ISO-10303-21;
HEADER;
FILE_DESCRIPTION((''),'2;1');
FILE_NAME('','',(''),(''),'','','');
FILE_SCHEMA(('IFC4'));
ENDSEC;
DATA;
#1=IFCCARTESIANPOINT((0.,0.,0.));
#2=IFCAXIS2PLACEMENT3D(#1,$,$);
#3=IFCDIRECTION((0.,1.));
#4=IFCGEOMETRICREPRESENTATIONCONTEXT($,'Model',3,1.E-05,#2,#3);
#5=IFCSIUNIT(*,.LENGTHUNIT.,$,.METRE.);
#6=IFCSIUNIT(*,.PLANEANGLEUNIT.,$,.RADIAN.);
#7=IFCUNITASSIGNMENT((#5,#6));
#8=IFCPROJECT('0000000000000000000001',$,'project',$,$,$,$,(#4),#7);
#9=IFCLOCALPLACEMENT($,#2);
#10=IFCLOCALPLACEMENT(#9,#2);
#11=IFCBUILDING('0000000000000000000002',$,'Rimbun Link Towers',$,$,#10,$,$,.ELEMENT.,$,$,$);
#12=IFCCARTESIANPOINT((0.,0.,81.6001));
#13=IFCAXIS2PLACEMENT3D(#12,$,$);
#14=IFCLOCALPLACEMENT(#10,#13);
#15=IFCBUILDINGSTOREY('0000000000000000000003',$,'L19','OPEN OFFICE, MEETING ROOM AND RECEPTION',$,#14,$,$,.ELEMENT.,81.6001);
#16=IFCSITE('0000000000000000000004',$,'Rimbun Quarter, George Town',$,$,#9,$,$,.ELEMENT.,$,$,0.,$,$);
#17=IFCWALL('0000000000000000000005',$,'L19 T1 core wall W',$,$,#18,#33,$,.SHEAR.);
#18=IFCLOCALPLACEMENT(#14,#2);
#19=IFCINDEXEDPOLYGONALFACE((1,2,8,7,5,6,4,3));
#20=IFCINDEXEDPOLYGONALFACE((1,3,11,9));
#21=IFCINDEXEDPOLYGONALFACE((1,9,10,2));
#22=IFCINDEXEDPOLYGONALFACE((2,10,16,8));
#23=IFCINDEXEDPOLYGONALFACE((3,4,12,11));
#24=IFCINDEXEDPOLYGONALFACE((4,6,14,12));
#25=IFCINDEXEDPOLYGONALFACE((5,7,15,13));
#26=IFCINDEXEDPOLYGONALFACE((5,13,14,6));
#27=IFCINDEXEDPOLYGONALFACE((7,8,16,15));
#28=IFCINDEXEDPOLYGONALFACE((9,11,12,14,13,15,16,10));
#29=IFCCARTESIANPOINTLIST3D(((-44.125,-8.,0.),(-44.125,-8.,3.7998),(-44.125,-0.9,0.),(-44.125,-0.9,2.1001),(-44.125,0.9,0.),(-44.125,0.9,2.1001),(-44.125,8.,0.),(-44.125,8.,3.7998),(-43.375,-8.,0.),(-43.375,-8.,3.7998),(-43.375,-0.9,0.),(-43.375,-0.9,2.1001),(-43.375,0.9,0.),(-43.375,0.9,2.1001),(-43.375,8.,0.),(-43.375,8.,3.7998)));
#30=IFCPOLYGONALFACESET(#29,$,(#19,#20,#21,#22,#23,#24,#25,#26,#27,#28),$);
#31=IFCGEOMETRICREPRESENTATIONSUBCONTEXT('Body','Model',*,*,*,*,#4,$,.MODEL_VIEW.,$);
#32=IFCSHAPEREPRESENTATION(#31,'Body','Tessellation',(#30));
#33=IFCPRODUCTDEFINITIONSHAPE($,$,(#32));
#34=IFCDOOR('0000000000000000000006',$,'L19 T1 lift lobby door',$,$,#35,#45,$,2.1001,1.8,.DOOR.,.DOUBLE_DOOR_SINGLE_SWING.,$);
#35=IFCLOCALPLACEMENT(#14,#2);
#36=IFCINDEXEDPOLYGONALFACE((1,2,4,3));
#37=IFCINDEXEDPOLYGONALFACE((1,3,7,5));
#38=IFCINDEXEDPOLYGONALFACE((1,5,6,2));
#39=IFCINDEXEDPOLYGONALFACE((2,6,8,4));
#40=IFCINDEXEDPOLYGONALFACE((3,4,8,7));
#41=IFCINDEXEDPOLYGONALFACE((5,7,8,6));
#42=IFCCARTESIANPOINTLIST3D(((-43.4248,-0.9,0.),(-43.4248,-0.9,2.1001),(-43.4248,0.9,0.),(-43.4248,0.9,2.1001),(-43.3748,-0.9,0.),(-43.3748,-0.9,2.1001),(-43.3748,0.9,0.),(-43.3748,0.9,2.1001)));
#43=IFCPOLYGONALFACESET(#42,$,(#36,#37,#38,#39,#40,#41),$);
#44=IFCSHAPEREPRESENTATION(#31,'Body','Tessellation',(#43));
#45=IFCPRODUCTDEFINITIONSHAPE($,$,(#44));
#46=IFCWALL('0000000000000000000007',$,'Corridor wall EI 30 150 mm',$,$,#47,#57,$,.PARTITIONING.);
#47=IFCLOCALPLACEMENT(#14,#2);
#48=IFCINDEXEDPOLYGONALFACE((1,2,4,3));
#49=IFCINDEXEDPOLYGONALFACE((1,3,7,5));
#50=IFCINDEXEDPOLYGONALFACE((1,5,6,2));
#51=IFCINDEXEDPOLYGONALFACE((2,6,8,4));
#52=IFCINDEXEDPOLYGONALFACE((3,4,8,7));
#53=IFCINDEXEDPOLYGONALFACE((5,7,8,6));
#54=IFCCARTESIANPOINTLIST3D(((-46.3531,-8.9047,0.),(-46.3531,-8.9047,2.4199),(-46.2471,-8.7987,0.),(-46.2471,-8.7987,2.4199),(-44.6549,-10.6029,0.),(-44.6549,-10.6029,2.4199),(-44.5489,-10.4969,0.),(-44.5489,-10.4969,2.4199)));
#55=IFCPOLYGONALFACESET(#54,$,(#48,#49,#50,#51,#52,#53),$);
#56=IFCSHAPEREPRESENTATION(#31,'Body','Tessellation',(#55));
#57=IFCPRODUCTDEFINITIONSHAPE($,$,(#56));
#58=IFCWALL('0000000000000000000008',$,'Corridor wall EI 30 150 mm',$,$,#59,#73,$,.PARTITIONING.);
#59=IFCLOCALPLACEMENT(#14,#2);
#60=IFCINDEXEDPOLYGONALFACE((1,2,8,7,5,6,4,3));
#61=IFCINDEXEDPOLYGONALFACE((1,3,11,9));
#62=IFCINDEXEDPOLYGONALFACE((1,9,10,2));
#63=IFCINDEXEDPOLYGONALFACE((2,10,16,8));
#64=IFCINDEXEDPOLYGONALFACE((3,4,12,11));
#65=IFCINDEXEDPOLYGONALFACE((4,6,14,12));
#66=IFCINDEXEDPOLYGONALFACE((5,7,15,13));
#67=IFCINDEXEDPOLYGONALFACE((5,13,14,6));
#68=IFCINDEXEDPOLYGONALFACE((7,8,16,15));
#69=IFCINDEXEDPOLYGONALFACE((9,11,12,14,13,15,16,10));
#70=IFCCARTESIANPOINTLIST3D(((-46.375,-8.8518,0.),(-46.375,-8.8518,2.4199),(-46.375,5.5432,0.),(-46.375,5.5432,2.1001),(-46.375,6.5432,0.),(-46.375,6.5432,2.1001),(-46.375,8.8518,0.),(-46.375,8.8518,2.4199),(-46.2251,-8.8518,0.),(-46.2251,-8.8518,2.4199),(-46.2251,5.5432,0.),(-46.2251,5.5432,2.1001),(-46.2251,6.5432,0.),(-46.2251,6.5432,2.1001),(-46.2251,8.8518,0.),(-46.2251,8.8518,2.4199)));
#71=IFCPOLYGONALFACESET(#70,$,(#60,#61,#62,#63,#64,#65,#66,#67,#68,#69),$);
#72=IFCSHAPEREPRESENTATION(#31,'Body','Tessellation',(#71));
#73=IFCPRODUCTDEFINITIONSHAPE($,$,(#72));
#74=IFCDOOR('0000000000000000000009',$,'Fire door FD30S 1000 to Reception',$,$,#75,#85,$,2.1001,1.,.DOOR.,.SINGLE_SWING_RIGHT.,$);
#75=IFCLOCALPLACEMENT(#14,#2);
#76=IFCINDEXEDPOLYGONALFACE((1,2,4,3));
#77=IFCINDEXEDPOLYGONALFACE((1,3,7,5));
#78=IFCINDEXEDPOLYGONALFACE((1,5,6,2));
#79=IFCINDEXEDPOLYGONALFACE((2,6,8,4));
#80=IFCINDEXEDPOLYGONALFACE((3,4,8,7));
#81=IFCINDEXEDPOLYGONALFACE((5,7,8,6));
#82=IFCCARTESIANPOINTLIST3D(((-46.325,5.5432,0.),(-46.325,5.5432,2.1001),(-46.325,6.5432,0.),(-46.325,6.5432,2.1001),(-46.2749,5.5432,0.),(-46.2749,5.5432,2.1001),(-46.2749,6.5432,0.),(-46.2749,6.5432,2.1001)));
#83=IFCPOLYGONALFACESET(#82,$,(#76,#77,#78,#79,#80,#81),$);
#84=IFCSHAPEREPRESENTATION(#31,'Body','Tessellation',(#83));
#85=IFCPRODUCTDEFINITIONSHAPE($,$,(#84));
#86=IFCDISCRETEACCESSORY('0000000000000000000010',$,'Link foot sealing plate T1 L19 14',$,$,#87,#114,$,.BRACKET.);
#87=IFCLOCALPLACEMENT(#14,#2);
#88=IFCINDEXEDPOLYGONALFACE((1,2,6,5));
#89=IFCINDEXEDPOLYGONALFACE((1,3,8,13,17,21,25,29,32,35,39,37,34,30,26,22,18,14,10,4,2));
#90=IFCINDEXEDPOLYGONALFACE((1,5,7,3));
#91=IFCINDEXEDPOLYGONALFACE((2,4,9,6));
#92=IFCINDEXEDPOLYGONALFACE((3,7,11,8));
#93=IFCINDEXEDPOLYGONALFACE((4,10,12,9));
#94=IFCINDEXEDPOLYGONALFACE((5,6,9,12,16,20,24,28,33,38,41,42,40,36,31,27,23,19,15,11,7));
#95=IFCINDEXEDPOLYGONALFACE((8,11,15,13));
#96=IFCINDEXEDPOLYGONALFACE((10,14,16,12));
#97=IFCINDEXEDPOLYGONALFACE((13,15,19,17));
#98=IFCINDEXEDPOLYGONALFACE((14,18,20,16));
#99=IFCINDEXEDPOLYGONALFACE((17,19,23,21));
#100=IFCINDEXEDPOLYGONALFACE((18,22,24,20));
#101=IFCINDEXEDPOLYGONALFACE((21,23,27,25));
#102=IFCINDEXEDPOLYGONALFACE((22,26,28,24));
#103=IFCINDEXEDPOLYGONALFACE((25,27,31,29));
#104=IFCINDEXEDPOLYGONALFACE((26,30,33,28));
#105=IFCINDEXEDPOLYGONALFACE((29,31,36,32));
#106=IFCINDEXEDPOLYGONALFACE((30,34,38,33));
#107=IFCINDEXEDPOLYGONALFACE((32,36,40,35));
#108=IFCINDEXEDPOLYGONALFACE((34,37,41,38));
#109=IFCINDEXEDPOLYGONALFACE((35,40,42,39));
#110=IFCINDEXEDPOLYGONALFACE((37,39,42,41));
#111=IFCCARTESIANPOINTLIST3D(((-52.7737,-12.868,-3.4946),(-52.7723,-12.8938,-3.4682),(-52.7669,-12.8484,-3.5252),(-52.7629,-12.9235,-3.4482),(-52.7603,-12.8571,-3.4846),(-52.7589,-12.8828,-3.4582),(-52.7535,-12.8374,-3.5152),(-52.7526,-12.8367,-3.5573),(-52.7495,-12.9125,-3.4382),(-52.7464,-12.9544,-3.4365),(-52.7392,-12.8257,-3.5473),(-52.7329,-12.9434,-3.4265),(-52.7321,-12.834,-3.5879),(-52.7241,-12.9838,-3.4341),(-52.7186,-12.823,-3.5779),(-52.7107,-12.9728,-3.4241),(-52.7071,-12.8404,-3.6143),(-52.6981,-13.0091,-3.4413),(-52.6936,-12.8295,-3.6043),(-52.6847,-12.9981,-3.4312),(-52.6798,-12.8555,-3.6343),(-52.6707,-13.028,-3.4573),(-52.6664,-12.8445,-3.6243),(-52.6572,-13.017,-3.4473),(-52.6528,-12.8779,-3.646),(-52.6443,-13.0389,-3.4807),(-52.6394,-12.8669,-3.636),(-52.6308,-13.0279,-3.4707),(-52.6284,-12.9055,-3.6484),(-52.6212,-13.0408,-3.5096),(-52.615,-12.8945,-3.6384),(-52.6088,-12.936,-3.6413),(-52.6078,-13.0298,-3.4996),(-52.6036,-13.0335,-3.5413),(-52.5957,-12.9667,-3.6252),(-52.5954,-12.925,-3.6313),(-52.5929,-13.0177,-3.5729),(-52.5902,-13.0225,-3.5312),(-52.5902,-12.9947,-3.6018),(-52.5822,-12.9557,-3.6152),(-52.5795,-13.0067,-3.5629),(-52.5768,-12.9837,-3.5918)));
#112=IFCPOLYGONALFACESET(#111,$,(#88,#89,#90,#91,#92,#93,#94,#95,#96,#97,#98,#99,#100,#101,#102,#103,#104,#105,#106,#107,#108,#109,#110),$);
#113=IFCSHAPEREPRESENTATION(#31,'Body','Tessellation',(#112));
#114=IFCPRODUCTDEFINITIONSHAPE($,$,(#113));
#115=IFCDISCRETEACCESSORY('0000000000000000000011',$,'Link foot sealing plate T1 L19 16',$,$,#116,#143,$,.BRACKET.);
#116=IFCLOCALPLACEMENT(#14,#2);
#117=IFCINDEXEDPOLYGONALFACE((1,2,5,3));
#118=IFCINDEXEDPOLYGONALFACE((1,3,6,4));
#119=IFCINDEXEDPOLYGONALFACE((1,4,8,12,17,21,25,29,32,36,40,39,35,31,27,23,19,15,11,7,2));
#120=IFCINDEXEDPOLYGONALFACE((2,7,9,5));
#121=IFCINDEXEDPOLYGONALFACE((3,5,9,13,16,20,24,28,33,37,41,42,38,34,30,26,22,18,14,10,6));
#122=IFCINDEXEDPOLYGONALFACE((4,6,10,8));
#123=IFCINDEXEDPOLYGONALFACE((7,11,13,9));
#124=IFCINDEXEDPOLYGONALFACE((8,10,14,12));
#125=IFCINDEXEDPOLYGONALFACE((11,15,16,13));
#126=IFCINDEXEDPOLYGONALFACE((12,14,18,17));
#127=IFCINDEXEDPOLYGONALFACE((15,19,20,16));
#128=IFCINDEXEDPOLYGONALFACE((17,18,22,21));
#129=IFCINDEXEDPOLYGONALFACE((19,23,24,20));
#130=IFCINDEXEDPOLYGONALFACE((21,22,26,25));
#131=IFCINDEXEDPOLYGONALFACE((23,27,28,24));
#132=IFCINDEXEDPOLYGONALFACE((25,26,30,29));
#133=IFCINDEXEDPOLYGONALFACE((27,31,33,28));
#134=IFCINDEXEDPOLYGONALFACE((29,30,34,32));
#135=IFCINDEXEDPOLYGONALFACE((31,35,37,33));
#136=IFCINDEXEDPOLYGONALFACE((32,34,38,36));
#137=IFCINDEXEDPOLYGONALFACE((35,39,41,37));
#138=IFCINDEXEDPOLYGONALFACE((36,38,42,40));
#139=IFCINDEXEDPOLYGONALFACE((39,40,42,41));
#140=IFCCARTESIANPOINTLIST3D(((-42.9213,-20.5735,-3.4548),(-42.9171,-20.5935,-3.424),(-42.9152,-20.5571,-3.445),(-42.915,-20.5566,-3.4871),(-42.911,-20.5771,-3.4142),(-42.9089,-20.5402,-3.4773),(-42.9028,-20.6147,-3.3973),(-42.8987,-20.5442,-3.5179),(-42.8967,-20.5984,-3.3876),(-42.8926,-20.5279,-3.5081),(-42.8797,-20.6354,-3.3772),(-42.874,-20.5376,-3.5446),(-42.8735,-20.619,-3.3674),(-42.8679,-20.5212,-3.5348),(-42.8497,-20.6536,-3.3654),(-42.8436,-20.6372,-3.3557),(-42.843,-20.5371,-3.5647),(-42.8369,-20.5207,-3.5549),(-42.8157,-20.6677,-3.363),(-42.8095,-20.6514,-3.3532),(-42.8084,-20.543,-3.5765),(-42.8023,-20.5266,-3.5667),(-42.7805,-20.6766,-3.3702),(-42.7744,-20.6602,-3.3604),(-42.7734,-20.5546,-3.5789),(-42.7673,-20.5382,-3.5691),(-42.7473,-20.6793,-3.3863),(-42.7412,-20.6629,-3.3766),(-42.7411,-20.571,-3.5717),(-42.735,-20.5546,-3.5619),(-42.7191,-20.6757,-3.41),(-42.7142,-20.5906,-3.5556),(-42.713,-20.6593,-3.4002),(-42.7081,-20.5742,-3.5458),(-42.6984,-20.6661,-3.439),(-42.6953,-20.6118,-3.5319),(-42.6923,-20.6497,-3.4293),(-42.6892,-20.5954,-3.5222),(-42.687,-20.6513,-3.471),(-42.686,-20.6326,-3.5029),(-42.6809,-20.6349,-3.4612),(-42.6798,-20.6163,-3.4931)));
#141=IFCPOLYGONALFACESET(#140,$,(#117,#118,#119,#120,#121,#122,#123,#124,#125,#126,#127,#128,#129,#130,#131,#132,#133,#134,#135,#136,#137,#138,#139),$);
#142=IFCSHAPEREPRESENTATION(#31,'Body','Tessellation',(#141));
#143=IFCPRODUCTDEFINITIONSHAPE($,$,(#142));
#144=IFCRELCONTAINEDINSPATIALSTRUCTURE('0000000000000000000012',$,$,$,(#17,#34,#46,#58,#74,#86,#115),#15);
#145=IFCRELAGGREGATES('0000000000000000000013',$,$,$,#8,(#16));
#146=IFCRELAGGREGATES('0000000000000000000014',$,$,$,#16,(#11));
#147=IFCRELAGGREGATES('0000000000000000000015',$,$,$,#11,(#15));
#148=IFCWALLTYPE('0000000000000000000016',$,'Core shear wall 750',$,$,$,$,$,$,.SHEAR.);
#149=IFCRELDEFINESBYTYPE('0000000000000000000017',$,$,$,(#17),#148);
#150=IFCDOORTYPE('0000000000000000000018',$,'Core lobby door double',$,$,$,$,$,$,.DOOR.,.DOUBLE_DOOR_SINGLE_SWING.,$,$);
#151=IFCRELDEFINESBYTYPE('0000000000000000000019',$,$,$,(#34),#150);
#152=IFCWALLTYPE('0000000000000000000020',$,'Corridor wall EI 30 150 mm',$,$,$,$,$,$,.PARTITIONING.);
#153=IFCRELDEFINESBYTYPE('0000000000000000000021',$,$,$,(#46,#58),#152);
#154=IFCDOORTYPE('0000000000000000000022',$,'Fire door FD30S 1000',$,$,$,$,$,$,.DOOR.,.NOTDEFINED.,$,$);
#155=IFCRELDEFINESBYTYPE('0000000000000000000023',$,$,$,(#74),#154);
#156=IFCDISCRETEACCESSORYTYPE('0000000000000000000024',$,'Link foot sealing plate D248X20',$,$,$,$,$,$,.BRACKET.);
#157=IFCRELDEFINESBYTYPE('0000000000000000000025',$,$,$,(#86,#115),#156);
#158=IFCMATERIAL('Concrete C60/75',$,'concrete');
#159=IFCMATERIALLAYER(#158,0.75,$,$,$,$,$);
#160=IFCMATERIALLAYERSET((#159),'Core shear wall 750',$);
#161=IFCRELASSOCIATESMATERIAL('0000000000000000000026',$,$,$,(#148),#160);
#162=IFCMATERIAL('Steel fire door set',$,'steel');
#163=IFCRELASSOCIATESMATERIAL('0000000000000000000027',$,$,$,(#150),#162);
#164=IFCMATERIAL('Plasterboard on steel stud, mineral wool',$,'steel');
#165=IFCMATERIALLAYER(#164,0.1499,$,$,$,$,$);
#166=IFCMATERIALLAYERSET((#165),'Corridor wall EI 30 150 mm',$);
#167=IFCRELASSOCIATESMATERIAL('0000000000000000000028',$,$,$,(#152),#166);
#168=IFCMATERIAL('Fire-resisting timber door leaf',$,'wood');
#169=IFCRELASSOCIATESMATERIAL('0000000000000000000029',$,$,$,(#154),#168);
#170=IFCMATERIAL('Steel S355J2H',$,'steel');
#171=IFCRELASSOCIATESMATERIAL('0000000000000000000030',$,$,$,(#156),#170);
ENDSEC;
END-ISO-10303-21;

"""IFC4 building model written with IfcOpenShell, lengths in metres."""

from ifc_helpers import new_model, si_unit, direction, frame, frame_2d, origin, origin_2d, place, context, subcontext, project, spatial, rectangle, circle, extrude, material, layer, layer_set, material_profile, profile_set, type_object, element, fill, save


model = new_model("IFC4")

# Units and contexts
model_context = context("Model", 3, precision=1e-05, world=origin(), true_north=direction((0.0, 1.0)))
body_context = subcontext(model_context, "Body", "Model", "MODEL_VIEW")
ifc_project = project(units=[si_unit("LENGTHUNIT", "METRE"), si_unit("PLANEANGLEUNIT", "RADIAN")], contexts=[model_context])

# Site, building, storey
site_placement = place(None, origin())
site = spatial("IfcSite", under=ifc_project, at=site_placement, Name="Rimbun Quarter, George Town", CompositionType="ELEMENT", RefElevation=0.0)
building_placement = place(site_placement, origin())
building = spatial("IfcBuilding", under=site, at=building_placement, Name="Rimbun Link Towers", CompositionType="ELEMENT")
storey_placement = place(building_placement, frame((0.0, 0.0, 81.6001)))
storey = spatial("IfcBuildingStorey", under=building, at=storey_placement, Name="L19", Description="OPEN OFFICE, MEETING ROOM AND RECEPTION", CompositionType="ELEMENT", Elevation=81.6001)

# Shared definitions
ifc_material_1 = material(Name="Concrete C60/75", Category="concrete")
ifc_layer_1 = layer(ifc_material_1, 0.75)
ifc_layer_set_1 = layer_set([ifc_layer_1], Name="Core shear wall 750")
wall_type_1 = type_object("IfcWallType", Name="Core shear wall 750", PredefinedType="SHEAR", material=ifc_layer_set_1)

# Wall, opening, door
wall_1_placement = place(storey_placement, frame((-43.75, -8.0, 0.0), z_axis=(0.0, 0.0, 1.0), x_axis=(0.0, 1.0, 0.0)))
wall_1 = element("IfcWall", 1, at=wall_1_placement, inside=storey, type_object=wall_type_1, Name="L19 T1 core wall W", PredefinedType="SHEAR", context=body_context, shape_type="SweptSolid", body=[
    extrude(rectangle(XDim=16.0, YDim=0.75, at=frame_2d((8.0, 0.0))), origin(), (0.0, 0.0, 1.0), 3.7998),
])
opening_1_placement = place(wall_1_placement, frame((7.1001, 0.0, 0.0)))
opening_1 = element("IfcOpeningElement", 2, at=opening_1_placement, cuts=wall_1, PredefinedType="OPENING", context=body_context, shape_type="SweptSolid", body=[
    extrude(rectangle(XDim=1.8, YDim=2.1001, at=frame_2d((0.8999, 1.05))), frame((0.0, 0.385, 0.0), z_axis=(0.0, -1.0, 0.0), x_axis=(1.0, 0.0, 0.0)), (0.0, 0.0, 1.0), 0.77),
])
ifc_material_2 = material(Name="Steel fire door set", Category="steel")
door_type_1 = type_object("IfcDoorType", Name="Core lobby door double", OperationType="DOUBLE_DOOR_SINGLE_SWING", PredefinedType="DOOR", material=ifc_material_2)
door_1_placement = place(opening_1_placement, origin())
door_1 = element("IfcDoor", 3, at=door_1_placement, inside=storey, type_object=door_type_1, Name="L19 T1 lift lobby door", OperationType="DOUBLE_DOOR_SINGLE_SWING", OverallHeight=2.1001, OverallWidth=1.8, PredefinedType="DOOR", context=body_context, shape_type="SweptSolid", body=[
    extrude(rectangle(XDim=1.8, YDim=2.1001, at=frame_2d((0.8999, 1.05))), frame((0.0, -0.3252, 0.0), z_axis=(0.0, -1.0, 0.0), x_axis=(1.0, 0.0, 0.0)), (0.0, 0.0, 1.0), 0.05),
])
fill(opening_1, door_1)

# Wall
ifc_material_3 = material(Name="Plasterboard on steel stud, mineral wool", Category="steel")
ifc_layer_2 = layer(ifc_material_3, 0.1499)
ifc_layer_set_2 = layer_set([ifc_layer_2], Name="Corridor wall EI 30 150 mm")
wall_type_2 = type_object("IfcWallType", Name="Corridor wall EI 30 150 mm", PredefinedType="PARTITIONING", material=ifc_layer_set_2)
wall_2_placement = place(storey_placement, frame((-46.3, -8.8518, 0.0), z_axis=(0.0, 0.0, 1.0), x_axis=(0.707107, -0.707107, 0.0)))
element("IfcWall", 4, at=wall_2_placement, inside=storey, type_object=wall_type_2, Name="Corridor wall EI 30 150 mm", PredefinedType="PARTITIONING", context=body_context, shape_type="SweptSolid", body=[
    extrude(rectangle(XDim=2.4016, YDim=0.1499, at=frame_2d((1.2007, 0.0))), origin(), (0.0, 0.0, 1.0), 2.4199),
])

# Wall, opening, door
wall_3_placement = place(storey_placement, frame((-46.3, -8.8518, 0.0), z_axis=(0.0, 0.0, 1.0), x_axis=(0.0, 1.0, 0.0)))
wall_3 = element("IfcWall", 5, at=wall_3_placement, inside=storey, type_object=wall_type_2, Name="Corridor wall EI 30 150 mm", PredefinedType="PARTITIONING", context=body_context, shape_type="SweptSolid", body=[
    extrude(rectangle(XDim=17.7036, YDim=0.1499, at=frame_2d((8.8518, 0.0))), origin(), (0.0, 0.0, 1.0), 2.4199),
])
opening_2_placement = place(wall_3_placement, frame((14.395, 0.0, 0.0)))
opening_2 = element("IfcOpeningElement", 6, at=opening_2_placement, cuts=wall_3, PredefinedType="OPENING", context=body_context, shape_type="SweptSolid", body=[
    extrude(rectangle(XDim=1.0, YDim=2.1001, at=frame_2d((0.5, 1.05))), frame((0.0, 0.085, 0.0), z_axis=(0.0, -1.0, 0.0), x_axis=(1.0, 0.0, 0.0)), (0.0, 0.0, 1.0), 0.1699),
])
ifc_material_4 = material(Name="Fire-resisting timber door leaf", Category="wood")
door_type_2 = type_object("IfcDoorType", Name="Fire door FD30S 1000", OperationType="NOTDEFINED", PredefinedType="DOOR", material=ifc_material_4)
door_2_placement = place(opening_2_placement, origin())
door_2 = element("IfcDoor", 7, at=door_2_placement, inside=storey, type_object=door_type_2, Name="Fire door FD30S 1000 to Reception", OperationType="SINGLE_SWING_RIGHT", OverallHeight=2.1001, OverallWidth=1.0, PredefinedType="DOOR", context=body_context, shape_type="SweptSolid", body=[
    extrude(rectangle(XDim=1.0, YDim=2.1001, at=frame_2d((0.5, 1.05))), frame((0.0, 0.0249, 0.0), z_axis=(0.0, -1.0, 0.0), x_axis=(1.0, 0.0, 0.0)), (0.0, 0.0, 1.0), 0.05),
])
fill(opening_2, door_2)

# Discrete accessories
ifc_material_5 = material(Name="Steel S355J2H", Category="steel")
ifc_material_profile_1 = material_profile(ifc_material_5, circle(Radius=0.124, at=origin_2d()), Name="PL D248")
ifc_profile_set_1 = profile_set([ifc_material_profile_1], Name="Steel S355J2H")
discrete_accessory_type = type_object("IfcDiscreteAccessoryType", Name="Link foot sealing plate D248X20", PredefinedType="BRACKET", material=ifc_profile_set_1)
for number, where, z_axis, x_axis, name in (
    (8, (-52.6687, -12.9265, -3.5312), (-0.670383, -0.548495, -0.49974), (0.633238, -0.773957, 0.0), "Link foot sealing plate T1 L19 14"),
    (9, (-42.7971, -20.5916, -3.4612), (-0.305105, -0.817681, -0.488168), (0.936903, -0.349591, 0.0), "Link foot sealing plate T1 L19 16"),
):
    element("IfcDiscreteAccessory", number, at=place(storey_placement, frame(where, z_axis=z_axis, x_axis=x_axis)), inside=storey, type_object=discrete_accessory_type, Name=name, PredefinedType="BRACKET", context=body_context, shape_type="SweptSolid", body=[
        extrude(circle(Radius=0.124, at=origin_2d()), origin(), (0.0, 0.0, 1.0), 0.02),
    ])

save(model, "model.ifc")
